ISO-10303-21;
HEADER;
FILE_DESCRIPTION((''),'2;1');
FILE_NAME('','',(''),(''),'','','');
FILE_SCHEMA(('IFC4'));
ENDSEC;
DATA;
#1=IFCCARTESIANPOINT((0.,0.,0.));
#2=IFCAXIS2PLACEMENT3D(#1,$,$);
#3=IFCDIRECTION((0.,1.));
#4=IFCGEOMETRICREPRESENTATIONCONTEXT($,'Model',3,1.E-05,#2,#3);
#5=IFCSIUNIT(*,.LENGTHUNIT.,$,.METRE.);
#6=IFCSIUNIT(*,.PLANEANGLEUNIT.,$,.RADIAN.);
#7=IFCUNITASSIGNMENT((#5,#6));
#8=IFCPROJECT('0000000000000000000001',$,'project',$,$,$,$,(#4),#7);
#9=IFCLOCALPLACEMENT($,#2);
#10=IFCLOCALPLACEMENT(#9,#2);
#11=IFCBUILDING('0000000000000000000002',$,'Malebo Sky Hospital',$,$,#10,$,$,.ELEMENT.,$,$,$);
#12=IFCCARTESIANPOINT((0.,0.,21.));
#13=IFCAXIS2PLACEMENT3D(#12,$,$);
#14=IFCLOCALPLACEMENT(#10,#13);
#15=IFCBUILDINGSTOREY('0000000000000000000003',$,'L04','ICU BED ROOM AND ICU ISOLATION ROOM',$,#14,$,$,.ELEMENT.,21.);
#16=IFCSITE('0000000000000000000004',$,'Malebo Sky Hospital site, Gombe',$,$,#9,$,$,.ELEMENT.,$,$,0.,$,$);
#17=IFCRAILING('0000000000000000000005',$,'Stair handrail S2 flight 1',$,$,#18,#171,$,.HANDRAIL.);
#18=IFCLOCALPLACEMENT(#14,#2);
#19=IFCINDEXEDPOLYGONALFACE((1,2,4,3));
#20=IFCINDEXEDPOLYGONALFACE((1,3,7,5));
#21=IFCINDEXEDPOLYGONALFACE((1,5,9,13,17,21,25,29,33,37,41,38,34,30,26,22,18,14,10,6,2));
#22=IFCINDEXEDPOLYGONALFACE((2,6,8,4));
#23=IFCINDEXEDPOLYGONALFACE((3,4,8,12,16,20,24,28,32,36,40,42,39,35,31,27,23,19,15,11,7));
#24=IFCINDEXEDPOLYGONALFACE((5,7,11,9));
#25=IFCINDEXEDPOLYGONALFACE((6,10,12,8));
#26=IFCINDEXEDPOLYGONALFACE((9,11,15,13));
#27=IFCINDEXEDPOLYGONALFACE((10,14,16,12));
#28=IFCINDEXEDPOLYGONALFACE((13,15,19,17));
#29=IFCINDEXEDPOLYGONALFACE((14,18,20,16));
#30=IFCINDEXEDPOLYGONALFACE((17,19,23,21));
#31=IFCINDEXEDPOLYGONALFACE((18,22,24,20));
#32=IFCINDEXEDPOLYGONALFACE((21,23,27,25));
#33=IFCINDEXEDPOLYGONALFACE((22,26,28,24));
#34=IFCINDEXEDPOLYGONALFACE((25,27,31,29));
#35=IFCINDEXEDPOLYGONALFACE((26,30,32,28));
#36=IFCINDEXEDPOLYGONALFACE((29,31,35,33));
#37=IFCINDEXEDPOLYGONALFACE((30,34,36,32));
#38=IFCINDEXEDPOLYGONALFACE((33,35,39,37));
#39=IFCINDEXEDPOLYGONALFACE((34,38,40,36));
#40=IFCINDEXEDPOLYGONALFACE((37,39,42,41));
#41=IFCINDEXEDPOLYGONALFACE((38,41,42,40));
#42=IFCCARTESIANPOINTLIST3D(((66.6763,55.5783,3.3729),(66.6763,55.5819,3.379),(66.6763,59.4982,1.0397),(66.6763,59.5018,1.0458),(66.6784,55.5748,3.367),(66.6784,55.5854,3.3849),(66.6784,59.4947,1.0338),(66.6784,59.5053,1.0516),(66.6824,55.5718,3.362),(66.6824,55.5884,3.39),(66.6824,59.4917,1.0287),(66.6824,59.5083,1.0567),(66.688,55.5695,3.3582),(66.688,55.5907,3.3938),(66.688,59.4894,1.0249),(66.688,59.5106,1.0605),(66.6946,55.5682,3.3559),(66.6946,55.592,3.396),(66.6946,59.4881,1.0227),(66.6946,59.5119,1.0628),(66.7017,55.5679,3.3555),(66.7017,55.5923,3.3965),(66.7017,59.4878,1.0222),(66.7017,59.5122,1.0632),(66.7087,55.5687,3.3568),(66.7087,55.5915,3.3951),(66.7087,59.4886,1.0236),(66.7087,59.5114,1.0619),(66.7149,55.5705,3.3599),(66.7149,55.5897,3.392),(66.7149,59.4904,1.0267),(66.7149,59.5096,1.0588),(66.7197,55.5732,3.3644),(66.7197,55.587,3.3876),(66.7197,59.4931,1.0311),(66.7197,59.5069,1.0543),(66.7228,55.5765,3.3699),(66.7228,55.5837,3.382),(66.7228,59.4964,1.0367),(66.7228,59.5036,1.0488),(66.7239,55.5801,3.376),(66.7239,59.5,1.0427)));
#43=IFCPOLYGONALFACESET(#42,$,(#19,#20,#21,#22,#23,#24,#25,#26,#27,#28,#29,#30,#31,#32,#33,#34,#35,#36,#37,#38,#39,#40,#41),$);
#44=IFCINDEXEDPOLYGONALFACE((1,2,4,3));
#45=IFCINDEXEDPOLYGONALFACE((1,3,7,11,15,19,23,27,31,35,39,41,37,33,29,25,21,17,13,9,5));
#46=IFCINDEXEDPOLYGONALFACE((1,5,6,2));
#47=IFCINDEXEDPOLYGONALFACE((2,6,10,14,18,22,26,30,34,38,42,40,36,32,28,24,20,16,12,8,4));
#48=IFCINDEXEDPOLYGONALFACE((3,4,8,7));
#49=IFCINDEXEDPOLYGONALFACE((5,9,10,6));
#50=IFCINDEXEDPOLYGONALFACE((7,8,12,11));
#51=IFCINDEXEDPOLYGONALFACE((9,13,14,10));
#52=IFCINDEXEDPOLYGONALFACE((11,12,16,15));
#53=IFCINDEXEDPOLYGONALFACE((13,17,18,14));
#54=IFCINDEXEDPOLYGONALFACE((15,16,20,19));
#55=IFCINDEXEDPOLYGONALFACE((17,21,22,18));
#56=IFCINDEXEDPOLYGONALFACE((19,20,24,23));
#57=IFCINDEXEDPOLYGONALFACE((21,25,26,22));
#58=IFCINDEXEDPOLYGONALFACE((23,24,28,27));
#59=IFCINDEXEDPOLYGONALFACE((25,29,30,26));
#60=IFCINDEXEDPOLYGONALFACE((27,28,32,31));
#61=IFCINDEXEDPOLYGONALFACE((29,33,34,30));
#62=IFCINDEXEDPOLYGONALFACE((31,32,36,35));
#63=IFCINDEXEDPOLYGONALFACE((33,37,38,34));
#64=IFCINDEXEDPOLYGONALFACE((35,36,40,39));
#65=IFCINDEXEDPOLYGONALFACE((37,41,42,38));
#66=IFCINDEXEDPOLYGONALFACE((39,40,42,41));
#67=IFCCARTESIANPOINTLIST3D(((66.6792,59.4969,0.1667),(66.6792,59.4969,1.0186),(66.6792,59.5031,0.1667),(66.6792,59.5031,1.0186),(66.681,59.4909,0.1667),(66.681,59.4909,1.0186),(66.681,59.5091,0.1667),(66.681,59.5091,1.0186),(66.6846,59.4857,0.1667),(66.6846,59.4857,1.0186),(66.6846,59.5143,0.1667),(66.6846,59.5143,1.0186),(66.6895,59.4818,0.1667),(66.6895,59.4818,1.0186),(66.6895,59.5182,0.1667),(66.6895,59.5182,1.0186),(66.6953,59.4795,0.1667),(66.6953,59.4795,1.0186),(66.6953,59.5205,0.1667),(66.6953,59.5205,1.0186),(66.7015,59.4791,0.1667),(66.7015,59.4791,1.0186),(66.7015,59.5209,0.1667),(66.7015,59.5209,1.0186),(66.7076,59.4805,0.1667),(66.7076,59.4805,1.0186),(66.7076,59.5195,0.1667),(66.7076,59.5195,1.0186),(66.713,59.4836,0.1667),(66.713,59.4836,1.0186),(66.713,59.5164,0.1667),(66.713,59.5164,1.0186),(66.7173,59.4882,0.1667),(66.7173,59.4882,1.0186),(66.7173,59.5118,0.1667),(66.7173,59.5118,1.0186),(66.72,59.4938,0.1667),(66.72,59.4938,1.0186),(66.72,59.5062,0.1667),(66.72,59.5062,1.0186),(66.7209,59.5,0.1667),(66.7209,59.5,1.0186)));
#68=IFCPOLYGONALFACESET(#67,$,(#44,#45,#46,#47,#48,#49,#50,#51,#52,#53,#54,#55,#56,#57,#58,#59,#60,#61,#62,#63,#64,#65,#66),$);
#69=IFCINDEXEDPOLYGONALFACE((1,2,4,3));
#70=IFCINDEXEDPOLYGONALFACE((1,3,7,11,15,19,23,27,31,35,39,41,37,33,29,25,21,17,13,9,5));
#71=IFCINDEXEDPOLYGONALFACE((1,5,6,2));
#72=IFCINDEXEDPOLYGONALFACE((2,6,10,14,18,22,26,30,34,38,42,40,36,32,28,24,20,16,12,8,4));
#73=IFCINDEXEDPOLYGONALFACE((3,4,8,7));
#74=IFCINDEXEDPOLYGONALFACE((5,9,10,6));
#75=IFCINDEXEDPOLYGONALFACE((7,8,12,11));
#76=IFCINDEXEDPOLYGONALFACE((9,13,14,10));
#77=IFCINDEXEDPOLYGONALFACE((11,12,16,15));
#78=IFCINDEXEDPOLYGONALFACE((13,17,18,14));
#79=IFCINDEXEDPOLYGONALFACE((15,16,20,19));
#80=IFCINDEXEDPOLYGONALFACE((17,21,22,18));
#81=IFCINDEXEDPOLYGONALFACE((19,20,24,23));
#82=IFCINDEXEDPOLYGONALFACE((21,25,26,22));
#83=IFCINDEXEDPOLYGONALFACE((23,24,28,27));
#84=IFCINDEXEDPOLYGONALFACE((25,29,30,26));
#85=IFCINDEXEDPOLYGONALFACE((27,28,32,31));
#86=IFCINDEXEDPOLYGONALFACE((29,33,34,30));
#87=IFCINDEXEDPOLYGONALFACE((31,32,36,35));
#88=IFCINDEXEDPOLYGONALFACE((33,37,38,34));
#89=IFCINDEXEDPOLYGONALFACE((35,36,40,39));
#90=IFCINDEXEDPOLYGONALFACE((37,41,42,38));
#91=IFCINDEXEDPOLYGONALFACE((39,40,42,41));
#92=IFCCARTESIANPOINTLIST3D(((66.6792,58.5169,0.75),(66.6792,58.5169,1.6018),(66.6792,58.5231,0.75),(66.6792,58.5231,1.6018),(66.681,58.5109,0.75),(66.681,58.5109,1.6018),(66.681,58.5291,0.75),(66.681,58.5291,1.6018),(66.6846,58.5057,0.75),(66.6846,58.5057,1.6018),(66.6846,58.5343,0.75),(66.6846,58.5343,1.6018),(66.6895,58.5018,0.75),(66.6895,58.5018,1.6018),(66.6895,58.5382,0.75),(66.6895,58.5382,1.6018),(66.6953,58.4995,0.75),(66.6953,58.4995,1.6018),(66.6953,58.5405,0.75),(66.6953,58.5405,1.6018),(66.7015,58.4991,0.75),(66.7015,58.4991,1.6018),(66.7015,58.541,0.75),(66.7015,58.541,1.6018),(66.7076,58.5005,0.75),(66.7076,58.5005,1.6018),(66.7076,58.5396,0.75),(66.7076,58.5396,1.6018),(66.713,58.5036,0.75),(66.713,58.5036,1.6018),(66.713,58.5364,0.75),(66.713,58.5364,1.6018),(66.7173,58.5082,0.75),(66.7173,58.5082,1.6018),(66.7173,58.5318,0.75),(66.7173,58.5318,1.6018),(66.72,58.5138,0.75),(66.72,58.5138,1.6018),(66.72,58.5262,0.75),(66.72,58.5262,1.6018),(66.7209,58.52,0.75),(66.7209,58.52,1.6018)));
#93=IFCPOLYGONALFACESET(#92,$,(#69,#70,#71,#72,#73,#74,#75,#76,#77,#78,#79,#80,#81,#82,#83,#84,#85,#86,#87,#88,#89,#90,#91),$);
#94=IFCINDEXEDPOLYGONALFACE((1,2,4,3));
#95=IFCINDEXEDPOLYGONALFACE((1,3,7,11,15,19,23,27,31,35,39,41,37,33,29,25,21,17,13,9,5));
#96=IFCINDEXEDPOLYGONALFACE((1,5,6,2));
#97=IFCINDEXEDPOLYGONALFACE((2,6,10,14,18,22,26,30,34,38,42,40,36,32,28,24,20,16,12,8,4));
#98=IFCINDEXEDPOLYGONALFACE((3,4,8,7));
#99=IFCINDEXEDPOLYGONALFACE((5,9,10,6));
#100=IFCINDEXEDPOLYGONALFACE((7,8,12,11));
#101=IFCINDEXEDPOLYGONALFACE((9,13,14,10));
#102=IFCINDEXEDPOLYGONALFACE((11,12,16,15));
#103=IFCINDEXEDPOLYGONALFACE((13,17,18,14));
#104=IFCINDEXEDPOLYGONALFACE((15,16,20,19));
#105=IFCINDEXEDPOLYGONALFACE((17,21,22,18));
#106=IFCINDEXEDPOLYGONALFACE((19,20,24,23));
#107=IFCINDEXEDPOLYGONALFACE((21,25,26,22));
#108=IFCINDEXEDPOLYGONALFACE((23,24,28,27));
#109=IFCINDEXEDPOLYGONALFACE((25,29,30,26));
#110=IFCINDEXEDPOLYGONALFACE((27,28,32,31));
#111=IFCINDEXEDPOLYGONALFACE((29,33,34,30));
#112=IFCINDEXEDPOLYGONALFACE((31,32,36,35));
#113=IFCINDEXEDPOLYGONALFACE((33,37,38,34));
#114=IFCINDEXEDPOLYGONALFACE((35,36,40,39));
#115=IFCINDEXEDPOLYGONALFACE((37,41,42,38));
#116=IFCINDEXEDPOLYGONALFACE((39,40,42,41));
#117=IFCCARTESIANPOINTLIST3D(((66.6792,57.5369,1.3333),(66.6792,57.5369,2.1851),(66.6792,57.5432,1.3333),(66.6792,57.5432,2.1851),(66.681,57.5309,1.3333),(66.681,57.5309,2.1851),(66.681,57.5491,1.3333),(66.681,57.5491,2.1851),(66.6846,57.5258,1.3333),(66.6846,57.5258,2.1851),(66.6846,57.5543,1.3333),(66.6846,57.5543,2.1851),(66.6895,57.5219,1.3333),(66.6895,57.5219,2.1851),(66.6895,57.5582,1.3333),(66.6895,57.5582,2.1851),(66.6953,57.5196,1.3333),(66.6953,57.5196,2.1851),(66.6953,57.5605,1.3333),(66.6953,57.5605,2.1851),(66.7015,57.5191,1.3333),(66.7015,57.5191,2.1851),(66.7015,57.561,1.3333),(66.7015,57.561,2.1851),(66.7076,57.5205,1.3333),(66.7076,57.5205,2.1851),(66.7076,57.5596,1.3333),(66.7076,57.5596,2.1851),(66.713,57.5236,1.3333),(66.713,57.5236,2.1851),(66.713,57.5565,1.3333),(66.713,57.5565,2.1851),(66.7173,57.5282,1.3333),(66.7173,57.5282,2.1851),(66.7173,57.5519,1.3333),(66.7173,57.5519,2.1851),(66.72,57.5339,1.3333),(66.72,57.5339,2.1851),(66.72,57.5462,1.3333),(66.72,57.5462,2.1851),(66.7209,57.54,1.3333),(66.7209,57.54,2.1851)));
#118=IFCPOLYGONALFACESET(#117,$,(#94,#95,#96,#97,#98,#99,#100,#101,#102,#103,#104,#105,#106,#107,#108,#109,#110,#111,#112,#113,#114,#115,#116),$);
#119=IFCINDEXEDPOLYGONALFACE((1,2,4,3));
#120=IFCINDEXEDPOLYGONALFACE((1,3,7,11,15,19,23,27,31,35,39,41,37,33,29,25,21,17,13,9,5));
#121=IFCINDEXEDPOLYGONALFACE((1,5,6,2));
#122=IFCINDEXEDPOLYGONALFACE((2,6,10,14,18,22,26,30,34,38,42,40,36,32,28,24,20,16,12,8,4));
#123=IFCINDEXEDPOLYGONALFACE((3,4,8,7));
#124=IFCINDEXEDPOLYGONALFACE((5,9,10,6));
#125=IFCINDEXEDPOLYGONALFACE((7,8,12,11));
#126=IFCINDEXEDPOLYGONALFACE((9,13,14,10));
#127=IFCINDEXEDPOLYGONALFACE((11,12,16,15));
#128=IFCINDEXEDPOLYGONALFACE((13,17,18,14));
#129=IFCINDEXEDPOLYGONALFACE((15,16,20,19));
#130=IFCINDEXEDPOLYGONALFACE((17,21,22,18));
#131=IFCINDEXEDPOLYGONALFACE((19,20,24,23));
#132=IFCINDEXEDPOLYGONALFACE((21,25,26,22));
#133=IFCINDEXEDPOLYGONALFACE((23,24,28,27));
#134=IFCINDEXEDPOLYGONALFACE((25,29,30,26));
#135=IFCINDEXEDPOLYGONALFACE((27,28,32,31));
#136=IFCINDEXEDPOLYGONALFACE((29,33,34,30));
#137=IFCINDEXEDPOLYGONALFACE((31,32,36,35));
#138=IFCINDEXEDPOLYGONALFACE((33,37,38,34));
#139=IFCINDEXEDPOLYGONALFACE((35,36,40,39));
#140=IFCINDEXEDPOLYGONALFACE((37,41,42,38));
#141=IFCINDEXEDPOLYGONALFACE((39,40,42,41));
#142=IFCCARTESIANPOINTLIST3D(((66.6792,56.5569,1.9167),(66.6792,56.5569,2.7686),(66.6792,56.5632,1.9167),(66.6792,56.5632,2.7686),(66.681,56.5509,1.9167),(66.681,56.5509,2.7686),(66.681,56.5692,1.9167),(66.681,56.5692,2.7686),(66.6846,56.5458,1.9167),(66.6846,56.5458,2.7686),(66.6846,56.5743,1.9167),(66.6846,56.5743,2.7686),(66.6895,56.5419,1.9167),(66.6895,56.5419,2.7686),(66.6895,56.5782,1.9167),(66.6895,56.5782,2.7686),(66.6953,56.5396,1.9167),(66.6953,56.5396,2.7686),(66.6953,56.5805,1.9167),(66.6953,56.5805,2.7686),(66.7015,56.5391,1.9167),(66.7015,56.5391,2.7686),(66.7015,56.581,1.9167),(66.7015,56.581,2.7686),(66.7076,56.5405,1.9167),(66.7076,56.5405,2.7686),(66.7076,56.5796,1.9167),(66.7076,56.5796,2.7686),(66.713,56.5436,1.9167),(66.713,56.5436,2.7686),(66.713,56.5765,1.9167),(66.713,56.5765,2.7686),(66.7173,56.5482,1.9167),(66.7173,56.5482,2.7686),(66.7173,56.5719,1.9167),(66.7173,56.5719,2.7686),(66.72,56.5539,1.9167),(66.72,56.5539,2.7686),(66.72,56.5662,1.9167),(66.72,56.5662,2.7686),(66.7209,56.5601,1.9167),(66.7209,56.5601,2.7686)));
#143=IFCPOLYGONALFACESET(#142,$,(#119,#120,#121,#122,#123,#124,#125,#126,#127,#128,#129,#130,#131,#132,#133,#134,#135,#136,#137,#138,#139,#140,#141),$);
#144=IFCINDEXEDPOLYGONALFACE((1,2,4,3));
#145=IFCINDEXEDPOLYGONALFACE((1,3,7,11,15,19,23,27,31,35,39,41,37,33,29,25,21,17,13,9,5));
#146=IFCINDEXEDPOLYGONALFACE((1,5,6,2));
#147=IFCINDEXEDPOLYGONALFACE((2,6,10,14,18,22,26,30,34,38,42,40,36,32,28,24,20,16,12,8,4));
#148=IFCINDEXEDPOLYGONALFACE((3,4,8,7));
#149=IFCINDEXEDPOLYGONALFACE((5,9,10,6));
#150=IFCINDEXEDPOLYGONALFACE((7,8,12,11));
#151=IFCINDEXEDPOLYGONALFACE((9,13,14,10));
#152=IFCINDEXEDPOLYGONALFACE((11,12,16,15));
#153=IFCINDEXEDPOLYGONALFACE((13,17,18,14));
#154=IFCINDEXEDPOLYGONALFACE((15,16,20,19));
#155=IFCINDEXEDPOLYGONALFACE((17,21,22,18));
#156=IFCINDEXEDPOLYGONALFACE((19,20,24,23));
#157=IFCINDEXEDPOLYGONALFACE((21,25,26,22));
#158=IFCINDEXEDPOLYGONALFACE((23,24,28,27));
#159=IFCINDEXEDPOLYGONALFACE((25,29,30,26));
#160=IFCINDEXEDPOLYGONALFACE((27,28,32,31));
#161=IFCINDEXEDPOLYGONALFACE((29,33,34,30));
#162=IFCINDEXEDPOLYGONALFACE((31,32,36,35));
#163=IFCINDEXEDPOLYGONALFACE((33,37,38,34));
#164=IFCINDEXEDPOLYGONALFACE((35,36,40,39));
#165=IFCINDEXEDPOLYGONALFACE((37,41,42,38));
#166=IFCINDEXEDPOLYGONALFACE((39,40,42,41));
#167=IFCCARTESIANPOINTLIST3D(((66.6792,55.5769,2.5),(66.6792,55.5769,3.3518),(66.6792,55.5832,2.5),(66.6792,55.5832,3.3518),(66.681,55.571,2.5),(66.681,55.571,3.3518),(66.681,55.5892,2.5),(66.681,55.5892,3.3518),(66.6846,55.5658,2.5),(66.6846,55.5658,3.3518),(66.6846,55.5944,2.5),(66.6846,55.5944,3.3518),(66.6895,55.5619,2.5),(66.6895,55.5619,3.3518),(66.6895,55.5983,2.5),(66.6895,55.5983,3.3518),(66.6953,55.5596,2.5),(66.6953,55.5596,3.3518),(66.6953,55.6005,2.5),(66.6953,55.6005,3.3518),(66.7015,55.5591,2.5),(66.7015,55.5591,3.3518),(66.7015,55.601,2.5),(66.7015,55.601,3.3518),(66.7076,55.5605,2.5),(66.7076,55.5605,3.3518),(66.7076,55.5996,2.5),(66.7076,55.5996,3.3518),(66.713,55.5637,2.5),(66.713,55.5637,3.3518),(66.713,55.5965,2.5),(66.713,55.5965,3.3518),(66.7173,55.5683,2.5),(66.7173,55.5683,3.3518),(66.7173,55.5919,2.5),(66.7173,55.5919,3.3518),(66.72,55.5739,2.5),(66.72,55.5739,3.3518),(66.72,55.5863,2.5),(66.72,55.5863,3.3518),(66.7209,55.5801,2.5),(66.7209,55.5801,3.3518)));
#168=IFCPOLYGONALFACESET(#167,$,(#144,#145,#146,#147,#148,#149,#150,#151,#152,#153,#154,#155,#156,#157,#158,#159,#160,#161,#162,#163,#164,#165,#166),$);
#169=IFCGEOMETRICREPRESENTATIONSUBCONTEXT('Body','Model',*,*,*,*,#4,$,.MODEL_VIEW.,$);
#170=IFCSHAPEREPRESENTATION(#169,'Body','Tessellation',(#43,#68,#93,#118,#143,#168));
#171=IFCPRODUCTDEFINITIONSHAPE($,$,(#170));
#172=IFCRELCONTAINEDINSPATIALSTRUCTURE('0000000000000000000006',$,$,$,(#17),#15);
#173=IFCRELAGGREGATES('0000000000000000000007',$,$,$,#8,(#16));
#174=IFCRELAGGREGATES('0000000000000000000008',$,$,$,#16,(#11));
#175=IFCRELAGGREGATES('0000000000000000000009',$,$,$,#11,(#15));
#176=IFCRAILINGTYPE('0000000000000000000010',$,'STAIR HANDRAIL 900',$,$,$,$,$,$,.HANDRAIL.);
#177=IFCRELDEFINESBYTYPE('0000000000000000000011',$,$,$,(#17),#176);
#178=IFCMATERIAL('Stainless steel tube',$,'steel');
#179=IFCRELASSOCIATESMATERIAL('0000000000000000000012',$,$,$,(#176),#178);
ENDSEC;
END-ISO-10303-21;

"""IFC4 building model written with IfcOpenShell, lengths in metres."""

from ifc_helpers import new_model, si_unit, direction, frame, origin, origin_2d, place, context, subcontext, project, spatial, circle, extrude, material, type_object, element, save


model = new_model("IFC4")

# Units and contexts
model_context = context("Model", 3, precision=1e-05, world=origin(), true_north=direction((0.0, 1.0)))
body_context = subcontext(model_context, "Body", "Model", "MODEL_VIEW")
ifc_project = project(units=[si_unit("LENGTHUNIT", "METRE"), si_unit("PLANEANGLEUNIT", "RADIAN")], contexts=[model_context])

# Site, building, storey
site_placement = place(None, origin())
site = spatial("IfcSite", under=ifc_project, at=site_placement, Name="Malebo Sky Hospital site, Gombe", CompositionType="ELEMENT", RefElevation=0.0)
building_placement = place(site_placement, origin())
building = spatial("IfcBuilding", under=site, at=building_placement, Name="Malebo Sky Hospital", CompositionType="ELEMENT")
storey_placement = place(building_placement, frame((0.0, 0.0, 21.0)))
storey = spatial("IfcBuildingStorey", under=building, at=storey_placement, Name="L04", Description="ICU BED ROOM AND ICU ISOLATION ROOM", CompositionType="ELEMENT", Elevation=21.0)

# Railing
ifc_material_1 = material(Name="Stainless steel tube", Category="steel")
railing_type = type_object("IfcRailingType", Name="STAIR HANDRAIL 900", PredefinedType="HANDRAIL", material=ifc_material_1)
railing_1_placement = place(storey_placement, frame((66.7, 59.5, 0.1667)))
element("IfcRailing", 1, at=railing_1_placement, inside=storey, type_object=railing_type, Name="Stair handrail S2 flight 1", PredefinedType="HANDRAIL", context=body_context, shape_type="SweptSolid", body=[
    extrude(circle(Radius=0.0239, at=origin_2d()), frame((0.0, 0.0, 0.876), z_axis=(0.0, -0.859296, 0.511478), x_axis=(1.0, 0.0, 0.0)), (0.0, 0.0, 1.0), 4.5618),
    extrude(circle(Radius=0.021, at=origin_2d()), origin(), (0.0, 0.0, 1.0), 0.8518),
    extrude(circle(Radius=0.021, at=origin_2d()), frame((0.0, -0.98, 0.5833)), (0.0, 0.0, 1.0), 0.8518),
    extrude(circle(Radius=0.021, at=origin_2d()), frame((0.0, -1.96, 1.1665)), (0.0, 0.0, 1.0), 0.8518),
    extrude(circle(Radius=0.021, at=origin_2d()), frame((0.0, -2.9399, 1.75)), (0.0, 0.0, 1.0), 0.8518),
    extrude(circle(Radius=0.021, at=origin_2d()), frame((0.0, -3.9199, 2.3333)), (0.0, 0.0, 1.0), 0.8518),
])

save(model, "model.ifc")
